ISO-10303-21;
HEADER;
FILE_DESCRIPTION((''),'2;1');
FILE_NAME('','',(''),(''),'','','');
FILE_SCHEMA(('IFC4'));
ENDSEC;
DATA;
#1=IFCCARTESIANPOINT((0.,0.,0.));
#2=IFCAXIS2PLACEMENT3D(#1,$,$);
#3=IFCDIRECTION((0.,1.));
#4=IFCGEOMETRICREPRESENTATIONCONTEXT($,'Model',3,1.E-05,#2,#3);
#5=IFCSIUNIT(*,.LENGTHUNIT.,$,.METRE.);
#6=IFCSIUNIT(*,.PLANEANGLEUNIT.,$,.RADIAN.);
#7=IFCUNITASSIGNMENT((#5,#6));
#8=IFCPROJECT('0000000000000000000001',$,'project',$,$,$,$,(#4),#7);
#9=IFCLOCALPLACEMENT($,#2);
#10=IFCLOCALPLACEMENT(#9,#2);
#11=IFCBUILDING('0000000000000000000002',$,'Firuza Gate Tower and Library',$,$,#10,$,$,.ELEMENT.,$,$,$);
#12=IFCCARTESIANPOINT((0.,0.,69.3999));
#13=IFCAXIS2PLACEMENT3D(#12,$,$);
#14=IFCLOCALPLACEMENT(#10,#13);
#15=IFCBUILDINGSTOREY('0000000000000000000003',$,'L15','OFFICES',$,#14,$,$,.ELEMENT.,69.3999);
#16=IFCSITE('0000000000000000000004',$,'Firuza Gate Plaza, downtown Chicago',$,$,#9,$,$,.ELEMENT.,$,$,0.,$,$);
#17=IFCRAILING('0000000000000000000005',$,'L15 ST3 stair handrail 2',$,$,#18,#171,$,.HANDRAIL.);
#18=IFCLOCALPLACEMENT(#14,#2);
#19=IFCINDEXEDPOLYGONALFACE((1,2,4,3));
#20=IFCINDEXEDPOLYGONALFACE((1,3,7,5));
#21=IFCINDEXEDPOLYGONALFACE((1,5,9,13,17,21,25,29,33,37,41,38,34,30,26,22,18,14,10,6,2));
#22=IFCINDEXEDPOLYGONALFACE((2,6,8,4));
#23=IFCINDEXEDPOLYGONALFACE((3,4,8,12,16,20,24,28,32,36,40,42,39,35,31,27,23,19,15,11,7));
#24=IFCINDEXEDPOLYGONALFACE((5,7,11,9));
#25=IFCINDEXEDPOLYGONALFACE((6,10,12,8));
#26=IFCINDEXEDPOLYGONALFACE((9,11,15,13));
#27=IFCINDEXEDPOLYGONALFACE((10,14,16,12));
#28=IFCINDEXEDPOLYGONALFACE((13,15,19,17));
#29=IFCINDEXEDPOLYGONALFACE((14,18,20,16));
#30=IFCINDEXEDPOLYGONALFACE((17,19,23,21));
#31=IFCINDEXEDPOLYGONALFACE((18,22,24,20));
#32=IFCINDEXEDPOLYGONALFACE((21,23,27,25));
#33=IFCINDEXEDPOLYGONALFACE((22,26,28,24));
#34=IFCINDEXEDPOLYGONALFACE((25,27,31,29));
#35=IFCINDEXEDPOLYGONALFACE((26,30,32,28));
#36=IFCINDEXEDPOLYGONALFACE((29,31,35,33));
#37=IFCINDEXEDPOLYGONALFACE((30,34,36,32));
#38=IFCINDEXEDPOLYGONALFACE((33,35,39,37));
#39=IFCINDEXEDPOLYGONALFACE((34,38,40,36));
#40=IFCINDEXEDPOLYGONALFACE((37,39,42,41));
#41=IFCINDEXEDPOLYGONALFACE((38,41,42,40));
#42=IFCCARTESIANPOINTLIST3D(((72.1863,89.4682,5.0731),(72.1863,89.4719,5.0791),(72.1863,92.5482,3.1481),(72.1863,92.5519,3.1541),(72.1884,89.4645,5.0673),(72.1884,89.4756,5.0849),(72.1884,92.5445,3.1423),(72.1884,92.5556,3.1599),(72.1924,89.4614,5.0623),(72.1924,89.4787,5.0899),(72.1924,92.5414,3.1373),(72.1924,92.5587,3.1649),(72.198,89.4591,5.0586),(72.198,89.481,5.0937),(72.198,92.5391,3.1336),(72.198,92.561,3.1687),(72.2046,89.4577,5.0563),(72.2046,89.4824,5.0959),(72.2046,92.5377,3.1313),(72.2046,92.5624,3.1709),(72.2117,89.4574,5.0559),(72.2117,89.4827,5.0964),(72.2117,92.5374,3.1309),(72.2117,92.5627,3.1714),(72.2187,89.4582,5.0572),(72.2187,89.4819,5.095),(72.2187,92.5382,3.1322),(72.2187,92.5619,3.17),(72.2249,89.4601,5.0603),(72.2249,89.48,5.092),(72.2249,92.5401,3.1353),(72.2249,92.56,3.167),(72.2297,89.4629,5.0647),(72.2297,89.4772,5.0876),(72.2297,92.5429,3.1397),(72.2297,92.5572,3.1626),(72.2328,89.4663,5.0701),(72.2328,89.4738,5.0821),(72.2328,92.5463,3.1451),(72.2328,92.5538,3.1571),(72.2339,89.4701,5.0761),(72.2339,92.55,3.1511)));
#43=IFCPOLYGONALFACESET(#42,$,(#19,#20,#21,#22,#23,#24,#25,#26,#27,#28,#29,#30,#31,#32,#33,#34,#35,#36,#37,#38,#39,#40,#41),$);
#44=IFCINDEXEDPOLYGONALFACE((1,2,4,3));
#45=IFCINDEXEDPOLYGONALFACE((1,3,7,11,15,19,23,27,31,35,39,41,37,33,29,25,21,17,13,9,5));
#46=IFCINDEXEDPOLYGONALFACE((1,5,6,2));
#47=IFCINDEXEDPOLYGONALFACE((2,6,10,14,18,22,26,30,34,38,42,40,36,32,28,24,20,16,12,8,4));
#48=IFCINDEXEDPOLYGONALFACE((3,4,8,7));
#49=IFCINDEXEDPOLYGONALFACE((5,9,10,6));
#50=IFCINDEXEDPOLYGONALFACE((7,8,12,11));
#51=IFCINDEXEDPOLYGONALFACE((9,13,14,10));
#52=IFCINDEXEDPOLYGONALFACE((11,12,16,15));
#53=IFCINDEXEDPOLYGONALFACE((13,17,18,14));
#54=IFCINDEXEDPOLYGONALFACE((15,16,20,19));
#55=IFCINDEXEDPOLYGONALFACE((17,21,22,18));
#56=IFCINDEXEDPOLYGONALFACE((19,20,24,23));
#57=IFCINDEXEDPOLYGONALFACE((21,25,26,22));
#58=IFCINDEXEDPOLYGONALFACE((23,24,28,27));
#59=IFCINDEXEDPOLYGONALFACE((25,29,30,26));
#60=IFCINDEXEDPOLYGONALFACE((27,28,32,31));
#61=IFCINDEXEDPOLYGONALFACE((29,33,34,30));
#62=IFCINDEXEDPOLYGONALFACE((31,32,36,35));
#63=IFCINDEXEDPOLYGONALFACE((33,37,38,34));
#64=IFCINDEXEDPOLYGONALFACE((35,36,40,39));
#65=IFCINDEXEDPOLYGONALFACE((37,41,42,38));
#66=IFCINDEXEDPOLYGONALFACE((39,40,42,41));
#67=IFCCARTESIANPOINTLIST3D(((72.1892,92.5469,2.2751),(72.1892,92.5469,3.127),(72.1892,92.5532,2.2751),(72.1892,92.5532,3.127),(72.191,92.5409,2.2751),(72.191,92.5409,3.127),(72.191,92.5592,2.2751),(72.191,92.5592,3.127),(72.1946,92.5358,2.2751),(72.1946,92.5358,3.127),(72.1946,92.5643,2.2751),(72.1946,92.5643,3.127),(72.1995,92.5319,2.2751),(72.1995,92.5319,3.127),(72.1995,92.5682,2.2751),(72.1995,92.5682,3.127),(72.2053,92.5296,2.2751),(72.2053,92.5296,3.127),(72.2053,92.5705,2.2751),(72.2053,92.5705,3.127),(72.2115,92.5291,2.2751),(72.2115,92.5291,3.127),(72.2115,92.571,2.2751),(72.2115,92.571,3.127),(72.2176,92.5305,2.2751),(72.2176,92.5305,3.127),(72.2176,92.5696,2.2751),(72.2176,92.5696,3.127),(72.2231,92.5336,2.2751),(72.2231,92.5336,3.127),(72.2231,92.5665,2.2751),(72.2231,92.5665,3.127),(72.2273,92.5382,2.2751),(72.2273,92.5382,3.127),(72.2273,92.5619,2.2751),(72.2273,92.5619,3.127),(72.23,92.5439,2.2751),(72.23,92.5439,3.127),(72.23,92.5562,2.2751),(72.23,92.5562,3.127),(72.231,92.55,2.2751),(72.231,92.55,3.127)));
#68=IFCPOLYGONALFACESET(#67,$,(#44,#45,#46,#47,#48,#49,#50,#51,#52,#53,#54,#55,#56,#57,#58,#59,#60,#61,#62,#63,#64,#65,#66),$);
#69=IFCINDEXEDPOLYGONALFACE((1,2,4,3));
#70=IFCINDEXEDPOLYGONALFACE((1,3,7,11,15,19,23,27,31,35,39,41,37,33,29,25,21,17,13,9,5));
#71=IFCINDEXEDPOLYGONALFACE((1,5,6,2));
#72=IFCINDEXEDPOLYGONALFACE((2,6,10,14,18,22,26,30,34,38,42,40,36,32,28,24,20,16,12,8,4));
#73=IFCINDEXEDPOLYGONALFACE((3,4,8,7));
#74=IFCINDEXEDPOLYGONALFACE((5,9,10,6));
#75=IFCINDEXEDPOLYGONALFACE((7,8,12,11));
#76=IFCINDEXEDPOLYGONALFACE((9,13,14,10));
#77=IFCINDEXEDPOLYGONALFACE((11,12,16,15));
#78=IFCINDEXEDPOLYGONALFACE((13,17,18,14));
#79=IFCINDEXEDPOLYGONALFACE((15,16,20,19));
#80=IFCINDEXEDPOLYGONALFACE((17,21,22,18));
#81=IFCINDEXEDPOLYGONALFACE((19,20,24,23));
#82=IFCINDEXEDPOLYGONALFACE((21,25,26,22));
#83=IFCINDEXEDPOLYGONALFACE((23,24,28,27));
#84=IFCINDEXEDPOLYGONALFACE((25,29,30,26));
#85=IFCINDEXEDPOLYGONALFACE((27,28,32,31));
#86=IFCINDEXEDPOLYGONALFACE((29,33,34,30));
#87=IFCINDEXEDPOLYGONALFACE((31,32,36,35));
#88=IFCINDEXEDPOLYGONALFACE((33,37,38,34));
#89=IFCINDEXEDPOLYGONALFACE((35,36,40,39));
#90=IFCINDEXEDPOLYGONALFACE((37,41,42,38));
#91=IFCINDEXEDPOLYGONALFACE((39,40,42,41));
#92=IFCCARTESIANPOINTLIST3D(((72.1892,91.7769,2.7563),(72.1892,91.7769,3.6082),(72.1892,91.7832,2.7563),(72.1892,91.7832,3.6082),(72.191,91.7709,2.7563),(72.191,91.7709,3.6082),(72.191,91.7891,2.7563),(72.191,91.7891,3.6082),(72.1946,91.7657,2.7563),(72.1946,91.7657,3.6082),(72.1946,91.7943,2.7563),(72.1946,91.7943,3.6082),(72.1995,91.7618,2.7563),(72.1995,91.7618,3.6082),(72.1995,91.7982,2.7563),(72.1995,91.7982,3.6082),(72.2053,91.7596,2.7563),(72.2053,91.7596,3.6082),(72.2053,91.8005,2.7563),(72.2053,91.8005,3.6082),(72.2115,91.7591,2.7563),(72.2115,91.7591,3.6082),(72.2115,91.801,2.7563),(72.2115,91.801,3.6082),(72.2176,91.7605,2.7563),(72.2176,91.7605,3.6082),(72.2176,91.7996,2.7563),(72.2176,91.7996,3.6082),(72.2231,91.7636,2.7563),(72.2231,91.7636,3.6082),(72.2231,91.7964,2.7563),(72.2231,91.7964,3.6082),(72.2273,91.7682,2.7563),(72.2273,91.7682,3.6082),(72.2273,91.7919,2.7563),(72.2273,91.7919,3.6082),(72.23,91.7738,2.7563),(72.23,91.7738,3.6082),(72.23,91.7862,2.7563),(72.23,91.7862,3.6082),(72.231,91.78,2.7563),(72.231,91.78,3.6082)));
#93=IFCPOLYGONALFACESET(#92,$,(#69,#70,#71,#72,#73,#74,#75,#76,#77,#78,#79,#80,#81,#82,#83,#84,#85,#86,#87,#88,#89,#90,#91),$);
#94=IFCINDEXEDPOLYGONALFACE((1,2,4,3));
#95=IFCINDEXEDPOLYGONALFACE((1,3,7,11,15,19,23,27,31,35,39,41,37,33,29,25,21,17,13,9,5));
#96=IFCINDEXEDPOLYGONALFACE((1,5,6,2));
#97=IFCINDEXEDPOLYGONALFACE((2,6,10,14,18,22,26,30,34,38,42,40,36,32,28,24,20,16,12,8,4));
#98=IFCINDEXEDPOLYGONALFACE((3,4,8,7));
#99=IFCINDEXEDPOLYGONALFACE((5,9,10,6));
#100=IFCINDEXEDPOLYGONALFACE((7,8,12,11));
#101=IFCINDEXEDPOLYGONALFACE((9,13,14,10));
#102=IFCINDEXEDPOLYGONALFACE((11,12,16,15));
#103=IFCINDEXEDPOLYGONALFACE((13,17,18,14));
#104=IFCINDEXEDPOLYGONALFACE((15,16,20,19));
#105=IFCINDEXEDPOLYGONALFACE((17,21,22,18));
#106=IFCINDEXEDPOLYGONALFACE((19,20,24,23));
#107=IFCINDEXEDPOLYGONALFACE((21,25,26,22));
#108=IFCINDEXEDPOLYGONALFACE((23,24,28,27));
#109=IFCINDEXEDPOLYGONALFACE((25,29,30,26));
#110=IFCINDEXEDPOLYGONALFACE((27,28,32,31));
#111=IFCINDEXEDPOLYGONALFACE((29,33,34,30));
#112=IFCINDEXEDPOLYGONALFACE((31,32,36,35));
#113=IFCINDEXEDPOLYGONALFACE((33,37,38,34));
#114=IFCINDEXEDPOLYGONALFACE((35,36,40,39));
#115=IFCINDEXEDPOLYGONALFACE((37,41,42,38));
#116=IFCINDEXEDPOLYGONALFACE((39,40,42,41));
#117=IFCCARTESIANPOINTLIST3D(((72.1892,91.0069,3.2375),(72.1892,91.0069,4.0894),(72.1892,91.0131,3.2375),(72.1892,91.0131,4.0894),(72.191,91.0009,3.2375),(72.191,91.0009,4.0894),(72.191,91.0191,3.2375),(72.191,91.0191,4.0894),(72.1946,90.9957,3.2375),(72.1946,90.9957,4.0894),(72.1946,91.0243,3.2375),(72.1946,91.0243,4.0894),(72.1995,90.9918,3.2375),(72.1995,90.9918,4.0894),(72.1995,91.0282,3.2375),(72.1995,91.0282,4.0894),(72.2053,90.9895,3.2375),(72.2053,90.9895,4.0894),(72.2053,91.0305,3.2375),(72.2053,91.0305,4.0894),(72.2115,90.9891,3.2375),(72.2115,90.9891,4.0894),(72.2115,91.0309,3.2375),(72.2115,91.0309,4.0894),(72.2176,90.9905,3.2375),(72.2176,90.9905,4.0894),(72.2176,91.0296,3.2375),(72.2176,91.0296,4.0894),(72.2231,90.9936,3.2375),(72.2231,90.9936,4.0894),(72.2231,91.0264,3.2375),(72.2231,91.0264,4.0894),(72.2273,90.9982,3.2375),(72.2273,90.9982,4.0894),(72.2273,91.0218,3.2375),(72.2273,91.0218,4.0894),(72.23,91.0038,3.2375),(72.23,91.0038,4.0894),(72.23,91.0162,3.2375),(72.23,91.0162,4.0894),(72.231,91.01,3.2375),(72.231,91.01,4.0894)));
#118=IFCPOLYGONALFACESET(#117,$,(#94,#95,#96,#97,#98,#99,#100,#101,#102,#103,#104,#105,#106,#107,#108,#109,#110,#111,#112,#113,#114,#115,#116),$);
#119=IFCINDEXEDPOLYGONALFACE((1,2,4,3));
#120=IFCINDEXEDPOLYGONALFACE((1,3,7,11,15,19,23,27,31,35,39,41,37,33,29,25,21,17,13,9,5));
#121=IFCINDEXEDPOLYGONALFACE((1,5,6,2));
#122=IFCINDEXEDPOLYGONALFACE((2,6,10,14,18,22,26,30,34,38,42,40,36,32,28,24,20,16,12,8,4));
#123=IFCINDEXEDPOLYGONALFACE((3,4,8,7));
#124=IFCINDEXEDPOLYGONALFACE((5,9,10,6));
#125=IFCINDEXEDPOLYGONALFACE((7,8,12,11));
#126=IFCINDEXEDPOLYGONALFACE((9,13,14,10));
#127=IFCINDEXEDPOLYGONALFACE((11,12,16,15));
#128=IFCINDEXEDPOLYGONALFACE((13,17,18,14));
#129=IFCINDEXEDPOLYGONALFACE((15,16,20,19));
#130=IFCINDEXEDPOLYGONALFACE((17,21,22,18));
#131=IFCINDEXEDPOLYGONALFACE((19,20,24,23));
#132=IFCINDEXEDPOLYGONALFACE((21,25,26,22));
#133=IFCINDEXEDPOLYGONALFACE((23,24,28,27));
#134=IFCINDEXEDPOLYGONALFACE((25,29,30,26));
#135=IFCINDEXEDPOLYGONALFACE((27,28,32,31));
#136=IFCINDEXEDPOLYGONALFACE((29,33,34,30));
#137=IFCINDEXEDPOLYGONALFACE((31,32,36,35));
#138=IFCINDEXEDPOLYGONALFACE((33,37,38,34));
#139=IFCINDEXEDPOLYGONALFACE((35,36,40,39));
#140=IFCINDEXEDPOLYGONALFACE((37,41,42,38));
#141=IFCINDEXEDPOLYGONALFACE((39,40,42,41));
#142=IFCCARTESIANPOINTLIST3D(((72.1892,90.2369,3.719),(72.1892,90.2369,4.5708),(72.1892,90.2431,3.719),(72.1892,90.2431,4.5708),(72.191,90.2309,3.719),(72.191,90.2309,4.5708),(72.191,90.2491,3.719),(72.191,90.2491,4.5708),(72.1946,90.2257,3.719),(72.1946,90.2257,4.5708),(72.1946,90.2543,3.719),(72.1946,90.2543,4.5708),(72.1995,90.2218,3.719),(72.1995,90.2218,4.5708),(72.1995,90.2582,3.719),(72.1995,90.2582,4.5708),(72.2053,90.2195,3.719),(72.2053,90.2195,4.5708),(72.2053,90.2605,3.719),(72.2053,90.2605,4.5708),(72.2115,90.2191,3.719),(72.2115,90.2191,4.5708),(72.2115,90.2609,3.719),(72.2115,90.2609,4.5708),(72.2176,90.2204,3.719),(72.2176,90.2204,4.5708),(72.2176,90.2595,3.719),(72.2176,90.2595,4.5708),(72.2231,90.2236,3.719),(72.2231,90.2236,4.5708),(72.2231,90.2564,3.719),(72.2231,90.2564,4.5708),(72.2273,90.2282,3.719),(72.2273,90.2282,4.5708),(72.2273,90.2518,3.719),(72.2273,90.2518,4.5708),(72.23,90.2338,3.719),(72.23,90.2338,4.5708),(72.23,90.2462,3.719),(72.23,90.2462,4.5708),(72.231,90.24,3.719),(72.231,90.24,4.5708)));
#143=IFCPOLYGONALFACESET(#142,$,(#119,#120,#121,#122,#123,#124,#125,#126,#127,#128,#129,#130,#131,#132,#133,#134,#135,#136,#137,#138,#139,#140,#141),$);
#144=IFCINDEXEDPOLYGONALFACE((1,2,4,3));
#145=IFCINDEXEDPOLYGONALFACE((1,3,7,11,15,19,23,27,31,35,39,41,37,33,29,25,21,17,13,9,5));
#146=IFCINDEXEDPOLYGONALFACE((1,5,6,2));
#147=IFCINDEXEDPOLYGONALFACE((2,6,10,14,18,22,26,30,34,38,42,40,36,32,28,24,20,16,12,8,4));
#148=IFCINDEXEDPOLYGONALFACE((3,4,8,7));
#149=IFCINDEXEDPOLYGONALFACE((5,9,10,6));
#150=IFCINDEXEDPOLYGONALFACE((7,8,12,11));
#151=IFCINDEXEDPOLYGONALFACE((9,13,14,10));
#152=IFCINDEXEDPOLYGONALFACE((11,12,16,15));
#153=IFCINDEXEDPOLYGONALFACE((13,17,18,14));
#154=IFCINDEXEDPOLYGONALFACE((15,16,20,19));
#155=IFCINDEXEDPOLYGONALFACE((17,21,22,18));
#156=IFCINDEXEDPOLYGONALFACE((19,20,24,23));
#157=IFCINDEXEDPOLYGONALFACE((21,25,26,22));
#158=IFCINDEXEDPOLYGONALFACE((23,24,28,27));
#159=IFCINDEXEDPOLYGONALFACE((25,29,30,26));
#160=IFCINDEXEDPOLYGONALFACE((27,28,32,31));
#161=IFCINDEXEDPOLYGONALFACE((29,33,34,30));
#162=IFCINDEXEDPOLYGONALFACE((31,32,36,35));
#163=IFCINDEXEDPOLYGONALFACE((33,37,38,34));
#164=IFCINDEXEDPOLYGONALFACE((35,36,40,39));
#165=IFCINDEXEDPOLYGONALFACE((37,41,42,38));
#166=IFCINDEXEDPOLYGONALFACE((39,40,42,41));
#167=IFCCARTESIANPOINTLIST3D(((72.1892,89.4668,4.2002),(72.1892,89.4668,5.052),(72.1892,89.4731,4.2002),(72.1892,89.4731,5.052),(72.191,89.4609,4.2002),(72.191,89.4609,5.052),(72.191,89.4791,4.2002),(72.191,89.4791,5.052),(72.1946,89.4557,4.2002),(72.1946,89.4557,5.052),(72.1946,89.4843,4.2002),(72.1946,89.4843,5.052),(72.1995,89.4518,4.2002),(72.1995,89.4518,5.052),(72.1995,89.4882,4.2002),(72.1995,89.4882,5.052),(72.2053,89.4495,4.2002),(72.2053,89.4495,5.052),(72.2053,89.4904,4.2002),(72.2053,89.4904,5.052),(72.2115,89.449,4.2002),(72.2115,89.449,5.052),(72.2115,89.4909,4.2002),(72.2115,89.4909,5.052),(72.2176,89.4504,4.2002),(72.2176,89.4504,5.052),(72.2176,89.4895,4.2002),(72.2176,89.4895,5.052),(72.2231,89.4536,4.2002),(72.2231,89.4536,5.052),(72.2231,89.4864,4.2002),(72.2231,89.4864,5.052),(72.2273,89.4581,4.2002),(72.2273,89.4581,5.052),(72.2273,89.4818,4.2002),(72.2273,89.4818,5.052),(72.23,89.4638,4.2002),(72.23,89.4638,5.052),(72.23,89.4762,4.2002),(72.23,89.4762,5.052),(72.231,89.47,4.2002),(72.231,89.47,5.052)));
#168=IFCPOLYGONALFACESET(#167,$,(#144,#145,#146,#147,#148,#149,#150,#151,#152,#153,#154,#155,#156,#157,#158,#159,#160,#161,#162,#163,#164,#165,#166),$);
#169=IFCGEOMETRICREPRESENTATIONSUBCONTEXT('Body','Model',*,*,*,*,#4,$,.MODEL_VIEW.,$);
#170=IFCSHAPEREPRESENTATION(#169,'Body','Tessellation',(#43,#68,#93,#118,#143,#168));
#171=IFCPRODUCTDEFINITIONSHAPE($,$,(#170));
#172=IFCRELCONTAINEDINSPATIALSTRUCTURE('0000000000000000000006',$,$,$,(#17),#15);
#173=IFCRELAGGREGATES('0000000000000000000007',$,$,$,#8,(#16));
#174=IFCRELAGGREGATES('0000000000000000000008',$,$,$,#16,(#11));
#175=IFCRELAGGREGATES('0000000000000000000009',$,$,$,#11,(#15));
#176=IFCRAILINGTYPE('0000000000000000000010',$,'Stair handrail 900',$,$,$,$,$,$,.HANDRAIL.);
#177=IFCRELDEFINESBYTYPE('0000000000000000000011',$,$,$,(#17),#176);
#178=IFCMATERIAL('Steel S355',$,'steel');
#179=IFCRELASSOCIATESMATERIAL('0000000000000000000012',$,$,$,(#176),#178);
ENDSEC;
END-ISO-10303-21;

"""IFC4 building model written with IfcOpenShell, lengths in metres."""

from ifc_helpers import new_model, si_unit, direction, frame, origin, origin_2d, place, context, subcontext, project, spatial, circle, extrude, material, type_object, element, save


model = new_model("IFC4")

# Units and contexts
model_context = context("Model", 3, precision=1e-05, world=origin(), true_north=direction((0.0, 1.0)))
body_context = subcontext(model_context, "Body", "Model", "MODEL_VIEW")
ifc_project = project(units=[si_unit("LENGTHUNIT", "METRE"), si_unit("PLANEANGLEUNIT", "RADIAN")], contexts=[model_context])

# Site, building, storey
site_placement = place(None, origin())
site = spatial("IfcSite", under=ifc_project, at=site_placement, Name="Firuza Gate Plaza, downtown Chicago", CompositionType="ELEMENT", RefElevation=0.0)
building_placement = place(site_placement, origin())
building = spatial("IfcBuilding", under=site, at=building_placement, Name="Firuza Gate Tower and Library", CompositionType="ELEMENT")
storey_placement = place(building_placement, frame((0.0, 0.0, 69.3999)))
storey = spatial("IfcBuildingStorey", under=building, at=storey_placement, Name="L15", Description="OFFICES", CompositionType="ELEMENT", Elevation=69.3999)

# Railing
ifc_material_1 = material(Name="Steel S355", Category="steel")
railing_type_1 = type_object("IfcRailingType", Name="Stair handrail 900", PredefinedType="HANDRAIL", material=ifc_material_1)
railing_1_placement = place(storey_placement, frame((72.21, 92.55, 2.2751)))
element("IfcRailing", 1, at=railing_1_placement, inside=storey, type_object=railing_type_1, Name="L15 ST3 stair handrail 2", PredefinedType="HANDRAIL", context=body_context, shape_type="SweptSolid", body=[
    extrude(circle(Radius=0.0239, at=origin_2d()), frame((0.0, 0.0, 0.876), z_axis=(0.0, -0.847998, 0.529999), x_axis=(1.0, 0.0, 0.0)), (0.0, 0.0, 1.0), 3.6321),
    extrude(circle(Radius=0.021, at=origin_2d()), origin(), (0.0, 0.0, 1.0), 0.8518),
    extrude(circle(Radius=0.021, at=origin_2d()), frame((0.0, -0.77, 0.4812)), (0.0, 0.0, 1.0), 0.8518),
    extrude(circle(Radius=0.021, at=origin_2d()), frame((0.0, -1.54, 0.9624)), (0.0, 0.0, 1.0), 0.8518),
    extrude(circle(Radius=0.021, at=origin_2d()), frame((0.0, -2.3101, 1.4438)), (0.0, 0.0, 1.0), 0.8518),
    extrude(circle(Radius=0.021, at=origin_2d()), frame((0.0, -3.0801, 1.925)), (0.0, 0.0, 1.0), 0.8518),
])

save(model, "model.ifc")
